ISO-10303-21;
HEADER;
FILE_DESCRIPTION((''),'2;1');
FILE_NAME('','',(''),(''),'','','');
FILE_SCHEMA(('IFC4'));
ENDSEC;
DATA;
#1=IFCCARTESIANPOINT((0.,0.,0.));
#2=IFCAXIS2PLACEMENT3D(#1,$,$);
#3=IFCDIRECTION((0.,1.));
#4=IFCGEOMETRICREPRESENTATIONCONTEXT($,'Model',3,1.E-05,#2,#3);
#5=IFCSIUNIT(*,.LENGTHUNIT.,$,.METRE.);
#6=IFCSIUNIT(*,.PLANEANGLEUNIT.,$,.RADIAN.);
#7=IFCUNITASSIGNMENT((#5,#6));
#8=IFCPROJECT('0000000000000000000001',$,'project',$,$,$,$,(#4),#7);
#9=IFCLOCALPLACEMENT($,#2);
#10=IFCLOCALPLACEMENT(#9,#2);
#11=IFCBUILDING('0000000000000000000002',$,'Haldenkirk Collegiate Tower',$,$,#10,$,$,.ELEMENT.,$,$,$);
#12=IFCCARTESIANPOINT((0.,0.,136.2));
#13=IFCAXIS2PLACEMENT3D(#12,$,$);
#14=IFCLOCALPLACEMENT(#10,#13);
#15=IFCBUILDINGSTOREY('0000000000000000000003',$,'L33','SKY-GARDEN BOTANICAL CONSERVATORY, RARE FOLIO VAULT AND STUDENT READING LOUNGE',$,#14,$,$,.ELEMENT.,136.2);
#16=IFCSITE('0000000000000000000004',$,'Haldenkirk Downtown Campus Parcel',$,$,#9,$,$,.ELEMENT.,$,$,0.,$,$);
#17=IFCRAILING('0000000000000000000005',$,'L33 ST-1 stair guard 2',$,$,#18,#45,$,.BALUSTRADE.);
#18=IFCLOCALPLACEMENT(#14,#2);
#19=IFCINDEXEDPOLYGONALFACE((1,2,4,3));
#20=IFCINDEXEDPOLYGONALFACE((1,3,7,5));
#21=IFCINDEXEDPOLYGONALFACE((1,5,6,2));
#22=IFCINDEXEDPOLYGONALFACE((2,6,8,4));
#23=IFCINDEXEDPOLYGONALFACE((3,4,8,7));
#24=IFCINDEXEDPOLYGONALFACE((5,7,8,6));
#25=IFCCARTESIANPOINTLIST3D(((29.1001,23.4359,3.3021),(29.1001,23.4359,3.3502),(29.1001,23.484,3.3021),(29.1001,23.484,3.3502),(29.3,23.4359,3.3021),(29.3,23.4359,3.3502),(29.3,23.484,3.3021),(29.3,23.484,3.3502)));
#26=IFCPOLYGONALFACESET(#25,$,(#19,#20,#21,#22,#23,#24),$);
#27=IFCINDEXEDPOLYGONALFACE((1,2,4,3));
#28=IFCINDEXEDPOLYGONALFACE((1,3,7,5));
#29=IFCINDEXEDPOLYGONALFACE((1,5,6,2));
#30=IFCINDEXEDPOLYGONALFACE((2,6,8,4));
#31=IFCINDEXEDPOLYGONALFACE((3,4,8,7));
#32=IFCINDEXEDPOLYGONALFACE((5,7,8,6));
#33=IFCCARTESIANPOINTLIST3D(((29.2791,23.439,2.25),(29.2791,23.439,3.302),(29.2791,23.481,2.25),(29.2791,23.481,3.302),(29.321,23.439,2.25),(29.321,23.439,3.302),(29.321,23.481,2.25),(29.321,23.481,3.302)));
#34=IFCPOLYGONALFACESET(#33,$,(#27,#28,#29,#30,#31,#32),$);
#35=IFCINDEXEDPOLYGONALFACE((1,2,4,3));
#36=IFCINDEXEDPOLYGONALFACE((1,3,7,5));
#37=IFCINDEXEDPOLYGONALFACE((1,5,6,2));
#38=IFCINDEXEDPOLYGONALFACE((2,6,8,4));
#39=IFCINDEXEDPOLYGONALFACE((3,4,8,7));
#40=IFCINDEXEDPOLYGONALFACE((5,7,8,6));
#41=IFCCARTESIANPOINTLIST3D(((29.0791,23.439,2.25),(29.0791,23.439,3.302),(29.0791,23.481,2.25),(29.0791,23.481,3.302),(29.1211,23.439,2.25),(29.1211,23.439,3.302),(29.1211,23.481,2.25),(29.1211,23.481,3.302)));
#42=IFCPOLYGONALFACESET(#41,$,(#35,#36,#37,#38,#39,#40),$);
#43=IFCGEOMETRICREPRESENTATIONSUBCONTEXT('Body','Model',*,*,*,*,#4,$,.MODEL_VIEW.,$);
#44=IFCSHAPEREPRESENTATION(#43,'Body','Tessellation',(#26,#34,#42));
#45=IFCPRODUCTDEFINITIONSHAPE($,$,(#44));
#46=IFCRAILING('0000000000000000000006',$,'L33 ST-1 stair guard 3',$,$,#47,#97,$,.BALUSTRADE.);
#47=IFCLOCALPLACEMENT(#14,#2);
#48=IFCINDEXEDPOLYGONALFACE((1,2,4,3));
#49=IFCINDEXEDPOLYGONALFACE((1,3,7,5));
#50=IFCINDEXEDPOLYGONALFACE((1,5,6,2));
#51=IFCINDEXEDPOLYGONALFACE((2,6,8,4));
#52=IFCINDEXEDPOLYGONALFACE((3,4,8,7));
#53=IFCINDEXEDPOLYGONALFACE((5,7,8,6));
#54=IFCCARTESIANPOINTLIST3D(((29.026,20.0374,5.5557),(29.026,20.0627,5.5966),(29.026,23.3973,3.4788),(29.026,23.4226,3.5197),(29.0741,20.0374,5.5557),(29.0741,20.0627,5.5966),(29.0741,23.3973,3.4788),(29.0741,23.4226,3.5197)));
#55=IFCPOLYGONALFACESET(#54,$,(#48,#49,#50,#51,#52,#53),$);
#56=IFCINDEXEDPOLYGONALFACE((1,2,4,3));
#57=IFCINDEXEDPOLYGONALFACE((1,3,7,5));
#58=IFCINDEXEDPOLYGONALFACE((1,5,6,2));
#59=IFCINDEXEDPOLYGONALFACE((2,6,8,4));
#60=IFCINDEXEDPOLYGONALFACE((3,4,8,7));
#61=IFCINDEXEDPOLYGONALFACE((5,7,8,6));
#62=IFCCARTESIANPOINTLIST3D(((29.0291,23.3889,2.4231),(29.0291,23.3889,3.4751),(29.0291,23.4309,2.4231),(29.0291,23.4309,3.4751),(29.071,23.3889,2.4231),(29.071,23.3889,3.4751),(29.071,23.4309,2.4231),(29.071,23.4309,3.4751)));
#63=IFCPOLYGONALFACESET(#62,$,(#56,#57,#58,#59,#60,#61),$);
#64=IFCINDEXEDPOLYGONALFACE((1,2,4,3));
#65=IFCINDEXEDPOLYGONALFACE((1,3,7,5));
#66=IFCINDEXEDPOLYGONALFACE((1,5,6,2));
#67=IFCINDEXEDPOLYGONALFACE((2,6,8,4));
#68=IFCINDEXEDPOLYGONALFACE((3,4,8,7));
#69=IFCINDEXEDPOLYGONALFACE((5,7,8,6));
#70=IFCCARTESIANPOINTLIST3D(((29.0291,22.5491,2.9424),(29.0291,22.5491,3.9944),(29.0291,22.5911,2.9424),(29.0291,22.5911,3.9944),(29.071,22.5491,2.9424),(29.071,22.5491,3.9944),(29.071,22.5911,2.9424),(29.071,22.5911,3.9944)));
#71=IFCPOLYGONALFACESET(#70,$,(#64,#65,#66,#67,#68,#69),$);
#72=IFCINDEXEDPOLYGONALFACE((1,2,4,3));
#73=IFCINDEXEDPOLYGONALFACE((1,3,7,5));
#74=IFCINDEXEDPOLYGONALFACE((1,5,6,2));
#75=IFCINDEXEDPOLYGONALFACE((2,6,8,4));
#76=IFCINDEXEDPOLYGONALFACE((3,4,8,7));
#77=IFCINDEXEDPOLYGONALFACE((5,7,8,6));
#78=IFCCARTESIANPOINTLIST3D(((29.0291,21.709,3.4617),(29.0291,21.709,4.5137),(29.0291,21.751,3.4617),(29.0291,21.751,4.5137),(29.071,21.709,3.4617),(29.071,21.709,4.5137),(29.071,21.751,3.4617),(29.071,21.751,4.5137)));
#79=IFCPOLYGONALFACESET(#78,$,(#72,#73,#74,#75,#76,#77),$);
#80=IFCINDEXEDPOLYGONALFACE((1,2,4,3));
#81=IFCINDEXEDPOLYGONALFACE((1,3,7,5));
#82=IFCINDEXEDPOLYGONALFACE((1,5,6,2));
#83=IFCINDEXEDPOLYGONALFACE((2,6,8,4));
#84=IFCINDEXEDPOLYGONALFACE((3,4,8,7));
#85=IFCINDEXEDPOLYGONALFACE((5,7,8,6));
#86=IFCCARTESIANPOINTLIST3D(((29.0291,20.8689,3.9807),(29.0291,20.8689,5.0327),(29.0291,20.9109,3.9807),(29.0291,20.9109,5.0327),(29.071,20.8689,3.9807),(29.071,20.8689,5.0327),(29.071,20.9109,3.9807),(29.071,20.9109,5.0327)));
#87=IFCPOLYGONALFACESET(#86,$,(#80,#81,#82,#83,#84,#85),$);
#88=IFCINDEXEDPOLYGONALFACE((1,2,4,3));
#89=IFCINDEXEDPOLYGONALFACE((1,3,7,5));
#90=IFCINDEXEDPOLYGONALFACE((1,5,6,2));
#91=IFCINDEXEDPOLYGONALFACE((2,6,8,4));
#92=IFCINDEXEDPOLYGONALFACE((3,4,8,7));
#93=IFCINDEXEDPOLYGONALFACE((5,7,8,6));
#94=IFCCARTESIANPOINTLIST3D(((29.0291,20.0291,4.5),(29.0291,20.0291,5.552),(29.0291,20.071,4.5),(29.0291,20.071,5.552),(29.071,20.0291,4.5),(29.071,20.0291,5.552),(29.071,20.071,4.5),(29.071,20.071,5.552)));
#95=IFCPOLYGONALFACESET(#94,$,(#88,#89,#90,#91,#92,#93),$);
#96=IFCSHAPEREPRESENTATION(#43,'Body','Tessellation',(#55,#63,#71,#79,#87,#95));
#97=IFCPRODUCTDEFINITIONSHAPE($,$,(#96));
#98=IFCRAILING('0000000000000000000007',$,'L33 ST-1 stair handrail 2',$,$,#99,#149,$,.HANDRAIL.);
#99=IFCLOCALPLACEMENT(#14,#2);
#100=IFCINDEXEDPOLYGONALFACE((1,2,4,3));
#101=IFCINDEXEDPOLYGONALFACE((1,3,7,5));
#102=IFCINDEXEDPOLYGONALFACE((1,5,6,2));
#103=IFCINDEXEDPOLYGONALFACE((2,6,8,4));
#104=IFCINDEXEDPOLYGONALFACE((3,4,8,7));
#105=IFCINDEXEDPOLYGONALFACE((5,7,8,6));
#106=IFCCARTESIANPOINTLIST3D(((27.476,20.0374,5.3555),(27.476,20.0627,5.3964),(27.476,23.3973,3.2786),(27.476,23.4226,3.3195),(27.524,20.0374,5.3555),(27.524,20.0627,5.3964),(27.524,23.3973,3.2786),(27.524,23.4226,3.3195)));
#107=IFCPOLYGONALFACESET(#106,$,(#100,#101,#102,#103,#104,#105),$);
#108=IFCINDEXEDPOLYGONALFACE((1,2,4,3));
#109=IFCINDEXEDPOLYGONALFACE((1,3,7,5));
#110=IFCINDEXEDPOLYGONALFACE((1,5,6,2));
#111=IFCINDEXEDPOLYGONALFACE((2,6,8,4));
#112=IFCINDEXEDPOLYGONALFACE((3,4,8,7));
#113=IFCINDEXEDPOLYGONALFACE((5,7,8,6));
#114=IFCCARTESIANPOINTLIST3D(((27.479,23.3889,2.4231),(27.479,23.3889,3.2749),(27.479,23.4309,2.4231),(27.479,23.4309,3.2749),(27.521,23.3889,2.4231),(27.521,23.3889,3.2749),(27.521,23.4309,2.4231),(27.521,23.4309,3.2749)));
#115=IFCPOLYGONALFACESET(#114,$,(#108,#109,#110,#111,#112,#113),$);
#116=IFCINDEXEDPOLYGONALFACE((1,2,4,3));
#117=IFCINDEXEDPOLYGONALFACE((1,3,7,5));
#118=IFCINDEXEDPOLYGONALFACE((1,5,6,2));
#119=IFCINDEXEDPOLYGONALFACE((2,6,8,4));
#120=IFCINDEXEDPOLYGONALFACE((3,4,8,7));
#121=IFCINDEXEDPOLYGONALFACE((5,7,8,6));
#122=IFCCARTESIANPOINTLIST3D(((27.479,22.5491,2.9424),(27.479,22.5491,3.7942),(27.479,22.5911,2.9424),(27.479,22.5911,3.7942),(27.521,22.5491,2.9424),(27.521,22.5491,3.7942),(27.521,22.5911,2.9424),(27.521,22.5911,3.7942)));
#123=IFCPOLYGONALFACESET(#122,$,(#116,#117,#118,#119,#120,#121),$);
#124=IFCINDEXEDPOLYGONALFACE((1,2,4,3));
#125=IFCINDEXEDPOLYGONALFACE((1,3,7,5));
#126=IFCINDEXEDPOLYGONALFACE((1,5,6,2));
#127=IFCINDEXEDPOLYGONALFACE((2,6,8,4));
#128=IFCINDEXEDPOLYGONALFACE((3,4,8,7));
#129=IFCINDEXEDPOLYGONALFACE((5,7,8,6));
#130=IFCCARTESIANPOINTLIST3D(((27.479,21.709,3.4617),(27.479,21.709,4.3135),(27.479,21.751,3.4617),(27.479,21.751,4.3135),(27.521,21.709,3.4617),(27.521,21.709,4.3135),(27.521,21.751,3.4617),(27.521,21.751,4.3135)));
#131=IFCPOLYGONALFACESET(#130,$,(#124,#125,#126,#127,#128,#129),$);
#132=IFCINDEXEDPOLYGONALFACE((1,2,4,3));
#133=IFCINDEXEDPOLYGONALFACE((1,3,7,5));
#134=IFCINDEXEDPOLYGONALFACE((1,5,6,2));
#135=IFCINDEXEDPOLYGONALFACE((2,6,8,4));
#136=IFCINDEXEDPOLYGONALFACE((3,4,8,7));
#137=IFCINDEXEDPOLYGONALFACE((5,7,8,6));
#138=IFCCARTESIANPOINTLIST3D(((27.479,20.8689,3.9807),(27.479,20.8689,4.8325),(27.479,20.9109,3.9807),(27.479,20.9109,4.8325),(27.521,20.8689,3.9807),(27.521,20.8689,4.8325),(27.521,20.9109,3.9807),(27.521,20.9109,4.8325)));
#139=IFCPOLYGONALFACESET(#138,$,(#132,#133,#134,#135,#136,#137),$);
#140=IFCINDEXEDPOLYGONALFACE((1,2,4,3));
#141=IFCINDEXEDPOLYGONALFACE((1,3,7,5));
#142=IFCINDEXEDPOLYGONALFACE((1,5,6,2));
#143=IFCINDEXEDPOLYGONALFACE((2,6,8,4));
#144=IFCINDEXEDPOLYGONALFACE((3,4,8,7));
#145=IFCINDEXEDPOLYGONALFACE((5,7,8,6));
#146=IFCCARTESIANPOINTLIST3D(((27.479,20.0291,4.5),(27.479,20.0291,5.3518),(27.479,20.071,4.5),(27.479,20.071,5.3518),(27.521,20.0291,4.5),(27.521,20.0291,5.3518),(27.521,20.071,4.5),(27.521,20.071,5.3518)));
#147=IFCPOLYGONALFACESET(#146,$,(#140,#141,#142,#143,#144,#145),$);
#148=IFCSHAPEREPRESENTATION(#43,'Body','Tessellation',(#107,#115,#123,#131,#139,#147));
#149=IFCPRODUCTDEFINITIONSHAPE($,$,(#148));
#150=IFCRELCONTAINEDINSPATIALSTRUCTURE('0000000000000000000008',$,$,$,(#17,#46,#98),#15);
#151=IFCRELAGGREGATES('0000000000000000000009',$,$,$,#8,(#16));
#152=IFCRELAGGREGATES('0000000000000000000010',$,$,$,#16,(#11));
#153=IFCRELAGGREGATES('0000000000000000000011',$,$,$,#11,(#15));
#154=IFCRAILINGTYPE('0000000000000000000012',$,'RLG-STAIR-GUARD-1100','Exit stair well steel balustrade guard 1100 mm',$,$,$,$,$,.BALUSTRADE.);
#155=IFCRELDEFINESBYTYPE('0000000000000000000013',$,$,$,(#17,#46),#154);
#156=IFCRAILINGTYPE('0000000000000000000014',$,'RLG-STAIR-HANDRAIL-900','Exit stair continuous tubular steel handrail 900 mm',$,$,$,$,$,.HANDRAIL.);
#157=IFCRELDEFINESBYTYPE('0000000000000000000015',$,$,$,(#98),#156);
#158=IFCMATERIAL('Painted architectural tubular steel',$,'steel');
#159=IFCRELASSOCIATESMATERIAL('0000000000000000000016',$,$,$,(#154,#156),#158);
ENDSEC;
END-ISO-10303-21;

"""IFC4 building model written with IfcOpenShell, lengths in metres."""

from ifc_helpers import new_model, si_unit, direction, frame, origin, origin_2d, place, context, subcontext, project, spatial, rectangle, extrude, material, type_object, element, save


model = new_model("IFC4")

# Units and contexts
model_context = context("Model", 3, precision=1e-05, world=origin(), true_north=direction((0.0, 1.0)))
body_context = subcontext(model_context, "Body", "Model", "MODEL_VIEW")
ifc_project = project(units=[si_unit("LENGTHUNIT", "METRE"), si_unit("PLANEANGLEUNIT", "RADIAN")], contexts=[model_context])

# Site, building, storey
site_placement = place(None, origin())
site = spatial("IfcSite", under=ifc_project, at=site_placement, Name="Haldenkirk Downtown Campus Parcel", CompositionType="ELEMENT", RefElevation=0.0)
building_placement = place(site_placement, origin())
building = spatial("IfcBuilding", under=site, at=building_placement, Name="Haldenkirk Collegiate Tower", CompositionType="ELEMENT")
storey_placement = place(building_placement, frame((0.0, 0.0, 136.2)))
storey = spatial("IfcBuildingStorey", under=building, at=storey_placement, Name="L33", Description="SKY-GARDEN BOTANICAL CONSERVATORY, RARE FOLIO VAULT AND STUDENT READING LOUNGE", CompositionType="ELEMENT", Elevation=136.2)

# Railings
ifc_material_1 = material(Name="Painted architectural tubular steel", Category="steel")
railing_type_1 = type_object("IfcRailingType", Name="RLG-STAIR-GUARD-1100", Description="Exit stair well steel balustrade guard 1100 mm", PredefinedType="BALUSTRADE", material=ifc_material_1)
railing_1_placement = place(storey_placement, frame((29.3, 23.46, 2.25)))
element("IfcRailing", 1, at=railing_1_placement, inside=storey, type_object=railing_type_1, Name="L33 ST-1 stair guard 2", PredefinedType="BALUSTRADE", context=body_context, shape_type="SweptSolid", body=[
    extrude(rectangle(XDim=0.0481, YDim=0.0481, at=origin_2d()), frame((0.0, 0.0, 1.0762), z_axis=(-1.0, 0.0, 0.0), x_axis=(0.0, -1.0, 0.0)), (0.0, 0.0, 1.0), 0.2),
    extrude(rectangle(XDim=0.042, YDim=0.042, at=origin_2d()), origin(), (0.0, 0.0, 1.0), 1.052),
    extrude(rectangle(XDim=0.042, YDim=0.042, at=origin_2d()), frame((-0.2, 0.0, 0.0)), (0.0, 0.0, 1.0), 1.052),
])
railing_2_placement = place(storey_placement, frame((29.05, 23.4099, 2.4231)))
element("IfcRailing", 2, at=railing_2_placement, inside=storey, type_object=railing_type_1, Name="L33 ST-1 stair guard 3", PredefinedType="BALUSTRADE", context=body_context, shape_type="SweptSolid", body=[
    extrude(rectangle(XDim=0.0481, YDim=0.0481, at=origin_2d()), frame((0.0, 0.0, 1.0762), z_axis=(0.0, -0.850606, 0.525803), x_axis=(1.0, 0.0, 0.0)), (0.0, 0.0, 1.0), 3.95),
    extrude(rectangle(XDim=0.042, YDim=0.042, at=origin_2d()), origin(), (0.0, 0.0, 1.0), 1.052),
    extrude(rectangle(XDim=0.042, YDim=0.042, at=origin_2d()), frame((0.0, -0.8398, 0.5193)), (0.0, 0.0, 1.0), 1.052),
    extrude(rectangle(XDim=0.042, YDim=0.042, at=origin_2d()), frame((0.0, -1.6799, 1.0386)), (0.0, 0.0, 1.0), 1.052),
    extrude(rectangle(XDim=0.042, YDim=0.042, at=origin_2d()), frame((0.0, -2.52, 1.5576)), (0.0, 0.0, 1.0), 1.052),
    extrude(rectangle(XDim=0.042, YDim=0.042, at=origin_2d()), frame((0.0, -3.3599, 2.0769)), (0.0, 0.0, 1.0), 1.052),
])
railing_type_2 = type_object("IfcRailingType", Name="RLG-STAIR-HANDRAIL-900", Description="Exit stair continuous tubular steel handrail 900 mm", PredefinedType="HANDRAIL", material=ifc_material_1)
railing_3_placement = place(storey_placement, frame((27.5, 23.4099, 2.4231)))
element("IfcRailing", 3, at=railing_3_placement, inside=storey, type_object=railing_type_2, Name="L33 ST-1 stair handrail 2", PredefinedType="HANDRAIL", context=body_context, shape_type="SweptSolid", body=[
    extrude(rectangle(XDim=0.0481, YDim=0.0481, at=origin_2d()), frame((0.0, 0.0, 0.876), z_axis=(0.0, -0.850606, 0.525803), x_axis=(1.0, 0.0, 0.0)), (0.0, 0.0, 1.0), 3.95),
    extrude(rectangle(XDim=0.042, YDim=0.042, at=origin_2d()), origin(), (0.0, 0.0, 1.0), 0.8518),
    extrude(rectangle(XDim=0.042, YDim=0.042, at=origin_2d()), frame((0.0, -0.8398, 0.5193)), (0.0, 0.0, 1.0), 0.8518),
    extrude(rectangle(XDim=0.042, YDim=0.042, at=origin_2d()), frame((0.0, -1.6799, 1.0386)), (0.0, 0.0, 1.0), 0.8518),
    extrude(rectangle(XDim=0.042, YDim=0.042, at=origin_2d()), frame((0.0, -2.52, 1.5576)), (0.0, 0.0, 1.0), 0.8518),
    extrude(rectangle(XDim=0.042, YDim=0.042, at=origin_2d()), frame((0.0, -3.3599, 2.0769)), (0.0, 0.0, 1.0), 0.8518),
])

save(model, "model.ifc")
